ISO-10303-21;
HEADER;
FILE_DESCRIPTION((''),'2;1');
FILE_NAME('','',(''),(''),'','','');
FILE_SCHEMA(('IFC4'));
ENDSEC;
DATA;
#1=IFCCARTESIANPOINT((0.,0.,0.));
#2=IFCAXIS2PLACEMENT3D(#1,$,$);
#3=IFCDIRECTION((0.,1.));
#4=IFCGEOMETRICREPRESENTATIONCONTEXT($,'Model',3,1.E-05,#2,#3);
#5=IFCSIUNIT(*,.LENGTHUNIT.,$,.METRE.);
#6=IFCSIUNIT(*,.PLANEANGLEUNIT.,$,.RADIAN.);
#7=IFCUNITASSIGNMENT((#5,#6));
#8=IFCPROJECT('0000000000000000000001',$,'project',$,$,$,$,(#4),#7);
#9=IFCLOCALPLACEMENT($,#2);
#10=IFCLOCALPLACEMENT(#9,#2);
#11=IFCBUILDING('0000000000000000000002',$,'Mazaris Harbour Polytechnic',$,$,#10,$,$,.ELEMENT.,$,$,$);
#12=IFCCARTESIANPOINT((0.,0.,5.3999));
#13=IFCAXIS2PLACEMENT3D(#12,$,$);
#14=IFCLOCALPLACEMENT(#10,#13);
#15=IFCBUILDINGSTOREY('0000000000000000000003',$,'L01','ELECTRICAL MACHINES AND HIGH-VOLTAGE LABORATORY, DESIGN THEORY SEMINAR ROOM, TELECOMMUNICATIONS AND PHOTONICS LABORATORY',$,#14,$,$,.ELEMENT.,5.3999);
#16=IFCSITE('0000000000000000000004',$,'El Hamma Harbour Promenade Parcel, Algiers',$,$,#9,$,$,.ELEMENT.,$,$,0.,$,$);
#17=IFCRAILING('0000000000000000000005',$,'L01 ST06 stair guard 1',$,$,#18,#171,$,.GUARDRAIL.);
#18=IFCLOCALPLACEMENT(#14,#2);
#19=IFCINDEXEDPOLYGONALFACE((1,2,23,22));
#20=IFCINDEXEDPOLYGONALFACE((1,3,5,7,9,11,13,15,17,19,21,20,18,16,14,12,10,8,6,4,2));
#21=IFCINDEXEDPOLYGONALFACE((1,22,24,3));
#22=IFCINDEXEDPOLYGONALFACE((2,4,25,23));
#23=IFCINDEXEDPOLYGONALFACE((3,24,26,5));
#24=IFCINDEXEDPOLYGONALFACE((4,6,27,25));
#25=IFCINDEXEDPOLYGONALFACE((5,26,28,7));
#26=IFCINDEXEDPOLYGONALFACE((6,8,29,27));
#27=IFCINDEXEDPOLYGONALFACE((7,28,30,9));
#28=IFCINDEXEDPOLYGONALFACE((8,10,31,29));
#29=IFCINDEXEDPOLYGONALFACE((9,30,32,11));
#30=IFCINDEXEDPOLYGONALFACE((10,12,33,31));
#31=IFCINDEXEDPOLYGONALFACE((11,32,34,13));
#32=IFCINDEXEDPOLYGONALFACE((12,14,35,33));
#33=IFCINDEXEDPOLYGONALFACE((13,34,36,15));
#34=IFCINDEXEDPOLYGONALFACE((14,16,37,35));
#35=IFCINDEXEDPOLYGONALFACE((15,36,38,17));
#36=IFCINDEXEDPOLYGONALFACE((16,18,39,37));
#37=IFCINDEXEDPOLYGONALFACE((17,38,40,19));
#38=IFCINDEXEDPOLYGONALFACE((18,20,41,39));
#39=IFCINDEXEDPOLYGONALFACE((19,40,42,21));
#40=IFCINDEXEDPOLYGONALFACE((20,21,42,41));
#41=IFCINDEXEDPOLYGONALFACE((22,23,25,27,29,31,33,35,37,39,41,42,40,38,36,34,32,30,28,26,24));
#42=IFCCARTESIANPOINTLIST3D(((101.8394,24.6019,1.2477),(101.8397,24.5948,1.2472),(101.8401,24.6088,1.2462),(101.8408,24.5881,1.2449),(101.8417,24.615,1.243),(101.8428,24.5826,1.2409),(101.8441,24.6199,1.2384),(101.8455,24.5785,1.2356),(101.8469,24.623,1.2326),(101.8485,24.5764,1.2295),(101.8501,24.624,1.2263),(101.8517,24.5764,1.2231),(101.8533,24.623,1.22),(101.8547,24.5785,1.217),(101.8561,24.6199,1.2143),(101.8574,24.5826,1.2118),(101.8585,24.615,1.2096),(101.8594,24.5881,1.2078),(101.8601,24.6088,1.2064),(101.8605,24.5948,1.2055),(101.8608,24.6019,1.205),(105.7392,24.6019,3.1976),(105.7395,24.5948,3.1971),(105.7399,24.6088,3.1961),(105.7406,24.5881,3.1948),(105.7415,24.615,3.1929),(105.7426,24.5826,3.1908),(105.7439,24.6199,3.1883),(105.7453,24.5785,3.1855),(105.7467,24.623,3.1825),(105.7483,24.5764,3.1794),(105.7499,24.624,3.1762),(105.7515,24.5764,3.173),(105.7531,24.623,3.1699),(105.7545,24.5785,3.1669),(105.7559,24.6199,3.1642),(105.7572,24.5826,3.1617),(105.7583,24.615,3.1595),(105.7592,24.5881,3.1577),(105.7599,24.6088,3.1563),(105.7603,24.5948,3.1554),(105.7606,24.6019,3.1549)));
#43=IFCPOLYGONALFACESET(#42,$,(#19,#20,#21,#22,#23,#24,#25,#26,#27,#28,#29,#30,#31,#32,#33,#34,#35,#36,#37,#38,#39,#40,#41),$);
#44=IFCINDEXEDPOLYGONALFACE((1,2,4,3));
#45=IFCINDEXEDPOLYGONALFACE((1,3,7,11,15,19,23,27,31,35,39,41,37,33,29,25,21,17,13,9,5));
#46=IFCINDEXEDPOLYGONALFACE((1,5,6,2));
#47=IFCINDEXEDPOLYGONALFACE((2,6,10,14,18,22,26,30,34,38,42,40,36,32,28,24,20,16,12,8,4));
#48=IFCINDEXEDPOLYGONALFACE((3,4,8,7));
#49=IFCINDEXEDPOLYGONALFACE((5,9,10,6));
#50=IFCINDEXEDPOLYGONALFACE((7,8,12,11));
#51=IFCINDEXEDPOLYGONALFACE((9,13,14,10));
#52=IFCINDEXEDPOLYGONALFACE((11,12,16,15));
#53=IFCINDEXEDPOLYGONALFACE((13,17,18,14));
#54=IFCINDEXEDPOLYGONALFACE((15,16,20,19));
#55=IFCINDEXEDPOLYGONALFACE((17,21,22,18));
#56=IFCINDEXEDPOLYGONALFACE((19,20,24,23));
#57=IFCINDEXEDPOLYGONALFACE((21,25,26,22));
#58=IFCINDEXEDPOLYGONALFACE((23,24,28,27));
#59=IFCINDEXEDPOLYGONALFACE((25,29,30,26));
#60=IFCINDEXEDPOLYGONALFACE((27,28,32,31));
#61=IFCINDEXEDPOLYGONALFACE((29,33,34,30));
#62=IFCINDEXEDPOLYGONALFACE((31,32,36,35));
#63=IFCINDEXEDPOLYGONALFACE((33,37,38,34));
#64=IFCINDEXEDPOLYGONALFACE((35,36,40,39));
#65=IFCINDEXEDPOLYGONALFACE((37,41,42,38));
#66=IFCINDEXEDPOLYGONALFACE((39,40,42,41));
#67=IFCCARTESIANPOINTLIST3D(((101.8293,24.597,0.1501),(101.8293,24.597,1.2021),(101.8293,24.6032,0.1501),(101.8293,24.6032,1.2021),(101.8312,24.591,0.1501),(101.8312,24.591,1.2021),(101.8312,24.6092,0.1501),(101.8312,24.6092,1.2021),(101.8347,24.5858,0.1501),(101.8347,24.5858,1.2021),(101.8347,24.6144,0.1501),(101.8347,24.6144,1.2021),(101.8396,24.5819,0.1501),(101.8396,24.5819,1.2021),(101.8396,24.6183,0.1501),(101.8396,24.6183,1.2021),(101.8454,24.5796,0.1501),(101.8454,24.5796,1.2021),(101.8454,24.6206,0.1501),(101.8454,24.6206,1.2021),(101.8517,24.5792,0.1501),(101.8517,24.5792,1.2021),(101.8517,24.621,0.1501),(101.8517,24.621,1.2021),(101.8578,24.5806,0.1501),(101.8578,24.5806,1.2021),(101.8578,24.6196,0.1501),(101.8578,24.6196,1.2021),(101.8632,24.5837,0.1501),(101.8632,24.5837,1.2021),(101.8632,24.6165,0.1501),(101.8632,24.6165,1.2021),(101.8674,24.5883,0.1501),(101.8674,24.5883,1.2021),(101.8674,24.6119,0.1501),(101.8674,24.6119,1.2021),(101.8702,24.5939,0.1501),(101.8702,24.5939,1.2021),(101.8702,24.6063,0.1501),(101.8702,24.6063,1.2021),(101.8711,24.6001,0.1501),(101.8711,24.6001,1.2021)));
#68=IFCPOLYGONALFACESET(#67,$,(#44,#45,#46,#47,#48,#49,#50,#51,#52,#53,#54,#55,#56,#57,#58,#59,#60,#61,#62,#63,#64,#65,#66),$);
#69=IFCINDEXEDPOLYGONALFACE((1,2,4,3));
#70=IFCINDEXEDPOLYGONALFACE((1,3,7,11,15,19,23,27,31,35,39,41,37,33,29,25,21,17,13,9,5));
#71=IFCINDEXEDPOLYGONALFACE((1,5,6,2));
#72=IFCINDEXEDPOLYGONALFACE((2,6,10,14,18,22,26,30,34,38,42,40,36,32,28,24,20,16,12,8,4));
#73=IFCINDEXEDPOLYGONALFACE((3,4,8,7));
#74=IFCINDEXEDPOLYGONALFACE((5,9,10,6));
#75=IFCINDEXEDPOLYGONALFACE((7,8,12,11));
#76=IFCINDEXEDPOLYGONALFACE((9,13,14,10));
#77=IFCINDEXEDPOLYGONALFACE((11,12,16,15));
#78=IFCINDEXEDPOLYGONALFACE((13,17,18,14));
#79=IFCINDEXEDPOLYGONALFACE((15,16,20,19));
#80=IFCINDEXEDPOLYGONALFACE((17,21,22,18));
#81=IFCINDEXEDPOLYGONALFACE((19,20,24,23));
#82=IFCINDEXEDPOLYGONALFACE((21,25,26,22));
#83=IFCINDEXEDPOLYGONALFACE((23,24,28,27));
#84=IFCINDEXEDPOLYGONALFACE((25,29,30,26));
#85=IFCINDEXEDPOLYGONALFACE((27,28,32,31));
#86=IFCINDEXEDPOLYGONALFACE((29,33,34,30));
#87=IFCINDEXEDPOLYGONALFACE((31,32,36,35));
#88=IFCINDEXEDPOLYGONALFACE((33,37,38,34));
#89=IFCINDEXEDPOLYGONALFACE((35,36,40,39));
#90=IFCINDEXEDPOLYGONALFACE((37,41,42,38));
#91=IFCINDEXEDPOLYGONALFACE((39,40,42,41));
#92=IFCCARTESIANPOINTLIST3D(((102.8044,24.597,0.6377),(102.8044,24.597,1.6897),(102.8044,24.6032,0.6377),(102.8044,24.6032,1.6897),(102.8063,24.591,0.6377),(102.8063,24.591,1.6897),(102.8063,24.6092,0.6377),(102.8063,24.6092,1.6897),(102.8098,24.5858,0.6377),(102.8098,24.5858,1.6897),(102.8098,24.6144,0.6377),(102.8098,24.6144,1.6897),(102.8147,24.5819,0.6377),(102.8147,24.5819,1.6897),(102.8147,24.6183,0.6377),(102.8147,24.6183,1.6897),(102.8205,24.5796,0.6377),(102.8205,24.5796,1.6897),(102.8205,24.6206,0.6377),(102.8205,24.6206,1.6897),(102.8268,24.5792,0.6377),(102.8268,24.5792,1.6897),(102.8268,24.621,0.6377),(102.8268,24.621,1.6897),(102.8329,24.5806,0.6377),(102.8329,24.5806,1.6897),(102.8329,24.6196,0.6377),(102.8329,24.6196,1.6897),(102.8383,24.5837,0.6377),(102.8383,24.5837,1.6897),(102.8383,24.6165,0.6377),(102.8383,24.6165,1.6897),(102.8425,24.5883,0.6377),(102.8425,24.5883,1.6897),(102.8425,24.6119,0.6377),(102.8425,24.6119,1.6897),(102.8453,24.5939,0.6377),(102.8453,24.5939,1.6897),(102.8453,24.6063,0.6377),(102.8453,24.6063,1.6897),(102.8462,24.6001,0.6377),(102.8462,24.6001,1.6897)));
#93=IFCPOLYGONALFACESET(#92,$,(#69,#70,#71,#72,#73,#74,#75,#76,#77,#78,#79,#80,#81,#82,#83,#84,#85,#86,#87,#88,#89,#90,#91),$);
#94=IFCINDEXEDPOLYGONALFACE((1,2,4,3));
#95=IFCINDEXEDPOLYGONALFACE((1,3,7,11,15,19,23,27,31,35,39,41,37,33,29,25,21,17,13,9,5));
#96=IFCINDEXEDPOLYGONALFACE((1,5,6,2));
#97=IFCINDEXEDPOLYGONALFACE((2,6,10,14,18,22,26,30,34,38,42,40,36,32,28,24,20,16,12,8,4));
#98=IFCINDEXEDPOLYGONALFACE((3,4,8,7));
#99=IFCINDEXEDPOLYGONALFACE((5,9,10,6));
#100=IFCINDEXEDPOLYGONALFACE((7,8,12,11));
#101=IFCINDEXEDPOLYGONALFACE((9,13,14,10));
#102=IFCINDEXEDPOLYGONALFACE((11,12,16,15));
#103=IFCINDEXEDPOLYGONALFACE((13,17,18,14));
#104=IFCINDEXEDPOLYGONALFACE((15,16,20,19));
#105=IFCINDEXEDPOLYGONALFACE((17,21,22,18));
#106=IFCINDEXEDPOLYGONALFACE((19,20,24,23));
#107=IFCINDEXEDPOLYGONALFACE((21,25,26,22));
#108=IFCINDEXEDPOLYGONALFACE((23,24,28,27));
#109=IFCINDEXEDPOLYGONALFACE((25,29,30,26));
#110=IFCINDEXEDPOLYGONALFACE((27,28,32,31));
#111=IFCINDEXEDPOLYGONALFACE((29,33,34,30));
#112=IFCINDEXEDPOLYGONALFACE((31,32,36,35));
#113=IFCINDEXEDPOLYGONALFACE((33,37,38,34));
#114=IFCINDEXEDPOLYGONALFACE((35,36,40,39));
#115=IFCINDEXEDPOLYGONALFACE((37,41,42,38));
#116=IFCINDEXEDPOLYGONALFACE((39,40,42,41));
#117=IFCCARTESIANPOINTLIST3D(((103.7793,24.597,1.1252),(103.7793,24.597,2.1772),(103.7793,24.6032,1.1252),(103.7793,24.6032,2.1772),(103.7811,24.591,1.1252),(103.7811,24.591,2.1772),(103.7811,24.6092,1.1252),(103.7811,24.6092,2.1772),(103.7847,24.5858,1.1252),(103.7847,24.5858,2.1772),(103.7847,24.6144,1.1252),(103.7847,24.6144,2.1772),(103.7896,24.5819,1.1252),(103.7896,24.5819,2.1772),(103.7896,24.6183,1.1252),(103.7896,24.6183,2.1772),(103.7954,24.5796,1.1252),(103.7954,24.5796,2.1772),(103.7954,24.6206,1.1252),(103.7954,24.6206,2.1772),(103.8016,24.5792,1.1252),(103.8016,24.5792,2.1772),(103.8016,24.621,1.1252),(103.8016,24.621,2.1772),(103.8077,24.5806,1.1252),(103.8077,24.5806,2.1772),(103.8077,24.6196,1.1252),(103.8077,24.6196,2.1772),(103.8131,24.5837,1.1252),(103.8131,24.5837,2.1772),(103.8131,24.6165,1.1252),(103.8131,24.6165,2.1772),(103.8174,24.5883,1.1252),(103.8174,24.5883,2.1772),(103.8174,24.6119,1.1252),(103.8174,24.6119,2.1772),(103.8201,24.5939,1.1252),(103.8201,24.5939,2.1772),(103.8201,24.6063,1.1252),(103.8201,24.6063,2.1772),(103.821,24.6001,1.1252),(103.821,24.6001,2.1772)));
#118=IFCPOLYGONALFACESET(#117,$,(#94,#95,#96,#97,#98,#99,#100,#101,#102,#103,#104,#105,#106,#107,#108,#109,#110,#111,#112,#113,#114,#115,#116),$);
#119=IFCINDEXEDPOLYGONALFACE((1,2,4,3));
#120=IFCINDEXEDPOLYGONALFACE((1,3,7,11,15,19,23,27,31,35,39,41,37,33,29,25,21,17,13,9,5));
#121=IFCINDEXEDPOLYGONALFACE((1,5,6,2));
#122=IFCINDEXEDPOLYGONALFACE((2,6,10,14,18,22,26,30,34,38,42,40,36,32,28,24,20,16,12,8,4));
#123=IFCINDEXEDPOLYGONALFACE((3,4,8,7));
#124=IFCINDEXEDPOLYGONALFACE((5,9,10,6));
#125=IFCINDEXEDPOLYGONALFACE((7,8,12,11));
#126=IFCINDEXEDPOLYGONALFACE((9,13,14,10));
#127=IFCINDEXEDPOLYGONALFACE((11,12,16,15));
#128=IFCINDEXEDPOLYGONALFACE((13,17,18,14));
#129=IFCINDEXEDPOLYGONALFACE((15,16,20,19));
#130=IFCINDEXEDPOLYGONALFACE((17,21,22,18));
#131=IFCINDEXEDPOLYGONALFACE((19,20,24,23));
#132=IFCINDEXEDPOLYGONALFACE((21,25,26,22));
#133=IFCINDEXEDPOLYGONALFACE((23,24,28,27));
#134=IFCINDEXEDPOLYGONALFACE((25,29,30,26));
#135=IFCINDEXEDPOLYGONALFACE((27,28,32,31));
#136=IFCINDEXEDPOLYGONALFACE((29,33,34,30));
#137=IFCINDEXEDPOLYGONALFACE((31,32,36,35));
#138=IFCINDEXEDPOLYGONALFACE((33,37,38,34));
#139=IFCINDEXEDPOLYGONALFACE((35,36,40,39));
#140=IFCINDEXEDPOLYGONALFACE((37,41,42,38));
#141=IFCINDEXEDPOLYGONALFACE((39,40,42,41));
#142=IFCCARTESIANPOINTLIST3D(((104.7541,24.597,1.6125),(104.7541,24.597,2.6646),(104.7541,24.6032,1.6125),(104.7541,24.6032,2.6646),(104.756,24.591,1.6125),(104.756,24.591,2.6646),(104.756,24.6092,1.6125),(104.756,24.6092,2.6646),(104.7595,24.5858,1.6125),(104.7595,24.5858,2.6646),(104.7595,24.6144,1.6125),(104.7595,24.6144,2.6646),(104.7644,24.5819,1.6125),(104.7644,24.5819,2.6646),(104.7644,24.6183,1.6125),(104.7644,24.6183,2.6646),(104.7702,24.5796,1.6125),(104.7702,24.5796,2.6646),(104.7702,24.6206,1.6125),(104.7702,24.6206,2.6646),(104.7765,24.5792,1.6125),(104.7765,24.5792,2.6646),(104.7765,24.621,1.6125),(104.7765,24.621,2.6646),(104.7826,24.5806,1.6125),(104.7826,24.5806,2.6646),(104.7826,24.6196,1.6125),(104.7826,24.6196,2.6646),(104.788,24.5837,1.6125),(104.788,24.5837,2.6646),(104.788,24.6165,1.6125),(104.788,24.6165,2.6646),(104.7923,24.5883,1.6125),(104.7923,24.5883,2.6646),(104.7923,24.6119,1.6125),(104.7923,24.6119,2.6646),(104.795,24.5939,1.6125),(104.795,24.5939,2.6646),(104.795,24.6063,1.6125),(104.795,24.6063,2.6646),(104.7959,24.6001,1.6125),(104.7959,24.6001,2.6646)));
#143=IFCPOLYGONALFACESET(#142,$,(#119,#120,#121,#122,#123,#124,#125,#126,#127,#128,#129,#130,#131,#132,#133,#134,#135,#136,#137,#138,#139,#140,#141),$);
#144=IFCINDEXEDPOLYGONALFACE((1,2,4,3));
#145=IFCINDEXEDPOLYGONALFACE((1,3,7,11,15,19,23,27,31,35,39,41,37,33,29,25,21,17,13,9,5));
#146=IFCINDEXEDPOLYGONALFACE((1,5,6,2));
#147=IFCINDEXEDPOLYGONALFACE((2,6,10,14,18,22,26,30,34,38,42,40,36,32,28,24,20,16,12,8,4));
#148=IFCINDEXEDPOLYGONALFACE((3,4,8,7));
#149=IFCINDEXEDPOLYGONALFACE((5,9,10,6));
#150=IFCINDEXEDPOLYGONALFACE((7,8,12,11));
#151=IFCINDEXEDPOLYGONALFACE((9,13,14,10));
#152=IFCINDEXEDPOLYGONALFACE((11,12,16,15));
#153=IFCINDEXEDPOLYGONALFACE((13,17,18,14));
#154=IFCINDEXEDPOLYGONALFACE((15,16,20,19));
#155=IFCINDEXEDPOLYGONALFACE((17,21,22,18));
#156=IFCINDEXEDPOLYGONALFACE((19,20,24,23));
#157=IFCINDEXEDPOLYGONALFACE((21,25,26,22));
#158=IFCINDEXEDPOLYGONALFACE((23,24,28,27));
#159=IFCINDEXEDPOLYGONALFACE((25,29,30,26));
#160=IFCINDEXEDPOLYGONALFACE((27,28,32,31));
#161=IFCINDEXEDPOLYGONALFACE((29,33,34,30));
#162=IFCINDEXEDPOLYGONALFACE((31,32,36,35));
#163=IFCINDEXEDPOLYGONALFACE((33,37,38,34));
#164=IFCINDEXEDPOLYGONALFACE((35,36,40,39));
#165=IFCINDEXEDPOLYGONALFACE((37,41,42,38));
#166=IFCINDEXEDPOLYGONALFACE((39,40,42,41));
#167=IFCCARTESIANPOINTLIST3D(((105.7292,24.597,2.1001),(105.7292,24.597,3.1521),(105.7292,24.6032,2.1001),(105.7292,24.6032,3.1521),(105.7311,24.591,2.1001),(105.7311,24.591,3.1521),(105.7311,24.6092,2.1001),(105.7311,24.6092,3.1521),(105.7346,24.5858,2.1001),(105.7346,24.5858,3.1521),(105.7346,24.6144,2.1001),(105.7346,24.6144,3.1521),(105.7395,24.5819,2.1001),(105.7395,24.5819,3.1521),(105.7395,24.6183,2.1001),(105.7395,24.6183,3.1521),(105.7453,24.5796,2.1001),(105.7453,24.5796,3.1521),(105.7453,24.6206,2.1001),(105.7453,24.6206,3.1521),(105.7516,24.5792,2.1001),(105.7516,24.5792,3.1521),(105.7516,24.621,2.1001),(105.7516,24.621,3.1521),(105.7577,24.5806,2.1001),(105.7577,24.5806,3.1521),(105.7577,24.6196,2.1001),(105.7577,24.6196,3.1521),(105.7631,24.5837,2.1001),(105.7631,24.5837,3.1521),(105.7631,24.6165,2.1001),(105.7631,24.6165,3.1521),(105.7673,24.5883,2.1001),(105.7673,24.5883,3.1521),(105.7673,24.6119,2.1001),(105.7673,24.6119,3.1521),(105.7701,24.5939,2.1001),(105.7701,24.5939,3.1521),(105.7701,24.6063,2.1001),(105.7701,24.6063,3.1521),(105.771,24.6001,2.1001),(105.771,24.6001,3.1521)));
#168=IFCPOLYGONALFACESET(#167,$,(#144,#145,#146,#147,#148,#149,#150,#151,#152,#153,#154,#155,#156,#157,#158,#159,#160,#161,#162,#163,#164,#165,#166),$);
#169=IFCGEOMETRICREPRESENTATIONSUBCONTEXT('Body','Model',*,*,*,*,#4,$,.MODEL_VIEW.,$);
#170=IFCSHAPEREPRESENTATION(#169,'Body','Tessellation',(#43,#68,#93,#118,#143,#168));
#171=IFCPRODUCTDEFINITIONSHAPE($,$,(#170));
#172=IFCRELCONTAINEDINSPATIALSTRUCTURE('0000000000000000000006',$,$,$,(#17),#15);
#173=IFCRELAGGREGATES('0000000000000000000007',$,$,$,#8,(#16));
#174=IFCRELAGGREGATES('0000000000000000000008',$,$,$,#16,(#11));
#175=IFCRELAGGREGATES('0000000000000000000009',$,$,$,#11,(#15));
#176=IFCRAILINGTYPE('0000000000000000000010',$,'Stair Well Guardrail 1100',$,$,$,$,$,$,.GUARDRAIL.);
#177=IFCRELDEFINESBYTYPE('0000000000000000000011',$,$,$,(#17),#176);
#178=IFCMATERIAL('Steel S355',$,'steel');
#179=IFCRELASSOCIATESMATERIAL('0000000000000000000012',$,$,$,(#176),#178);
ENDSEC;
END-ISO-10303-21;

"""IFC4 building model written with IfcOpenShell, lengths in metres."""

from ifc_helpers import new_model, si_unit, direction, frame, origin, origin_2d, place, context, subcontext, project, spatial, circle, extrude, material, type_object, element, save


model = new_model("IFC4")

# Units and contexts
model_context = context("Model", 3, precision=1e-05, world=origin(), true_north=direction((0.0, 1.0)))
body_context = subcontext(model_context, "Body", "Model", "MODEL_VIEW")
ifc_project = project(units=[si_unit("LENGTHUNIT", "METRE"), si_unit("PLANEANGLEUNIT", "RADIAN")], contexts=[model_context])

# Site, building, storey
site_placement = place(None, origin())
site = spatial("IfcSite", under=ifc_project, at=site_placement, Name="El Hamma Harbour Promenade Parcel, Algiers", CompositionType="ELEMENT", RefElevation=0.0)
building_placement = place(site_placement, origin())
building = spatial("IfcBuilding", under=site, at=building_placement, Name="Mazaris Harbour Polytechnic", CompositionType="ELEMENT")
storey_placement = place(building_placement, frame((0.0, 0.0, 5.3999)))
storey = spatial("IfcBuildingStorey", under=building, at=storey_placement, Name="L01", Description="ELECTRICAL MACHINES AND HIGH-VOLTAGE LABORATORY, DESIGN THEORY SEMINAR ROOM, TELECOMMUNICATIONS AND PHOTONICS LABORATORY", CompositionType="ELEMENT", Elevation=5.3999)

# Railing
ifc_material_1 = material(Name="Steel S355", Category="steel")
railing_type_1 = type_object("IfcRailingType", Name="Stair Well Guardrail 1100", PredefinedType="GUARDRAIL", material=ifc_material_1)
railing_1_placement = place(storey_placement, frame((101.8501, 24.6001, 0.1501)))
element("IfcRailing", 1, at=railing_1_placement, inside=storey, type_object=railing_type_1, Name="L01 ST06 stair guard 1", PredefinedType="GUARDRAIL", context=body_context, shape_type="SweptSolid", body=[
    extrude(circle(Radius=0.0239, at=origin_2d()), frame((0.0, 0.0, 1.0762), z_axis=(0.894427, 0.0, 0.447214), x_axis=(0.0, 1.0, 0.0)), (0.0, 0.0, 1.0), 4.3601),
    extrude(circle(Radius=0.021, at=origin_2d()), origin(), (0.0, 0.0, 1.0), 1.052),
    extrude(circle(Radius=0.021, at=origin_2d()), frame((0.9751, 0.0, 0.4875)), (0.0, 0.0, 1.0), 1.052),
    extrude(circle(Radius=0.021, at=origin_2d()), frame((1.95, 0.0, 0.9751)), (0.0, 0.0, 1.0), 1.052),
    extrude(circle(Radius=0.021, at=origin_2d()), frame((2.9248, 0.0, 1.4624)), (0.0, 0.0, 1.0), 1.052),
    extrude(circle(Radius=0.021, at=origin_2d()), frame((3.8999, 0.0, 1.95)), (0.0, 0.0, 1.0), 1.052),
])

save(model, "model.ifc")
